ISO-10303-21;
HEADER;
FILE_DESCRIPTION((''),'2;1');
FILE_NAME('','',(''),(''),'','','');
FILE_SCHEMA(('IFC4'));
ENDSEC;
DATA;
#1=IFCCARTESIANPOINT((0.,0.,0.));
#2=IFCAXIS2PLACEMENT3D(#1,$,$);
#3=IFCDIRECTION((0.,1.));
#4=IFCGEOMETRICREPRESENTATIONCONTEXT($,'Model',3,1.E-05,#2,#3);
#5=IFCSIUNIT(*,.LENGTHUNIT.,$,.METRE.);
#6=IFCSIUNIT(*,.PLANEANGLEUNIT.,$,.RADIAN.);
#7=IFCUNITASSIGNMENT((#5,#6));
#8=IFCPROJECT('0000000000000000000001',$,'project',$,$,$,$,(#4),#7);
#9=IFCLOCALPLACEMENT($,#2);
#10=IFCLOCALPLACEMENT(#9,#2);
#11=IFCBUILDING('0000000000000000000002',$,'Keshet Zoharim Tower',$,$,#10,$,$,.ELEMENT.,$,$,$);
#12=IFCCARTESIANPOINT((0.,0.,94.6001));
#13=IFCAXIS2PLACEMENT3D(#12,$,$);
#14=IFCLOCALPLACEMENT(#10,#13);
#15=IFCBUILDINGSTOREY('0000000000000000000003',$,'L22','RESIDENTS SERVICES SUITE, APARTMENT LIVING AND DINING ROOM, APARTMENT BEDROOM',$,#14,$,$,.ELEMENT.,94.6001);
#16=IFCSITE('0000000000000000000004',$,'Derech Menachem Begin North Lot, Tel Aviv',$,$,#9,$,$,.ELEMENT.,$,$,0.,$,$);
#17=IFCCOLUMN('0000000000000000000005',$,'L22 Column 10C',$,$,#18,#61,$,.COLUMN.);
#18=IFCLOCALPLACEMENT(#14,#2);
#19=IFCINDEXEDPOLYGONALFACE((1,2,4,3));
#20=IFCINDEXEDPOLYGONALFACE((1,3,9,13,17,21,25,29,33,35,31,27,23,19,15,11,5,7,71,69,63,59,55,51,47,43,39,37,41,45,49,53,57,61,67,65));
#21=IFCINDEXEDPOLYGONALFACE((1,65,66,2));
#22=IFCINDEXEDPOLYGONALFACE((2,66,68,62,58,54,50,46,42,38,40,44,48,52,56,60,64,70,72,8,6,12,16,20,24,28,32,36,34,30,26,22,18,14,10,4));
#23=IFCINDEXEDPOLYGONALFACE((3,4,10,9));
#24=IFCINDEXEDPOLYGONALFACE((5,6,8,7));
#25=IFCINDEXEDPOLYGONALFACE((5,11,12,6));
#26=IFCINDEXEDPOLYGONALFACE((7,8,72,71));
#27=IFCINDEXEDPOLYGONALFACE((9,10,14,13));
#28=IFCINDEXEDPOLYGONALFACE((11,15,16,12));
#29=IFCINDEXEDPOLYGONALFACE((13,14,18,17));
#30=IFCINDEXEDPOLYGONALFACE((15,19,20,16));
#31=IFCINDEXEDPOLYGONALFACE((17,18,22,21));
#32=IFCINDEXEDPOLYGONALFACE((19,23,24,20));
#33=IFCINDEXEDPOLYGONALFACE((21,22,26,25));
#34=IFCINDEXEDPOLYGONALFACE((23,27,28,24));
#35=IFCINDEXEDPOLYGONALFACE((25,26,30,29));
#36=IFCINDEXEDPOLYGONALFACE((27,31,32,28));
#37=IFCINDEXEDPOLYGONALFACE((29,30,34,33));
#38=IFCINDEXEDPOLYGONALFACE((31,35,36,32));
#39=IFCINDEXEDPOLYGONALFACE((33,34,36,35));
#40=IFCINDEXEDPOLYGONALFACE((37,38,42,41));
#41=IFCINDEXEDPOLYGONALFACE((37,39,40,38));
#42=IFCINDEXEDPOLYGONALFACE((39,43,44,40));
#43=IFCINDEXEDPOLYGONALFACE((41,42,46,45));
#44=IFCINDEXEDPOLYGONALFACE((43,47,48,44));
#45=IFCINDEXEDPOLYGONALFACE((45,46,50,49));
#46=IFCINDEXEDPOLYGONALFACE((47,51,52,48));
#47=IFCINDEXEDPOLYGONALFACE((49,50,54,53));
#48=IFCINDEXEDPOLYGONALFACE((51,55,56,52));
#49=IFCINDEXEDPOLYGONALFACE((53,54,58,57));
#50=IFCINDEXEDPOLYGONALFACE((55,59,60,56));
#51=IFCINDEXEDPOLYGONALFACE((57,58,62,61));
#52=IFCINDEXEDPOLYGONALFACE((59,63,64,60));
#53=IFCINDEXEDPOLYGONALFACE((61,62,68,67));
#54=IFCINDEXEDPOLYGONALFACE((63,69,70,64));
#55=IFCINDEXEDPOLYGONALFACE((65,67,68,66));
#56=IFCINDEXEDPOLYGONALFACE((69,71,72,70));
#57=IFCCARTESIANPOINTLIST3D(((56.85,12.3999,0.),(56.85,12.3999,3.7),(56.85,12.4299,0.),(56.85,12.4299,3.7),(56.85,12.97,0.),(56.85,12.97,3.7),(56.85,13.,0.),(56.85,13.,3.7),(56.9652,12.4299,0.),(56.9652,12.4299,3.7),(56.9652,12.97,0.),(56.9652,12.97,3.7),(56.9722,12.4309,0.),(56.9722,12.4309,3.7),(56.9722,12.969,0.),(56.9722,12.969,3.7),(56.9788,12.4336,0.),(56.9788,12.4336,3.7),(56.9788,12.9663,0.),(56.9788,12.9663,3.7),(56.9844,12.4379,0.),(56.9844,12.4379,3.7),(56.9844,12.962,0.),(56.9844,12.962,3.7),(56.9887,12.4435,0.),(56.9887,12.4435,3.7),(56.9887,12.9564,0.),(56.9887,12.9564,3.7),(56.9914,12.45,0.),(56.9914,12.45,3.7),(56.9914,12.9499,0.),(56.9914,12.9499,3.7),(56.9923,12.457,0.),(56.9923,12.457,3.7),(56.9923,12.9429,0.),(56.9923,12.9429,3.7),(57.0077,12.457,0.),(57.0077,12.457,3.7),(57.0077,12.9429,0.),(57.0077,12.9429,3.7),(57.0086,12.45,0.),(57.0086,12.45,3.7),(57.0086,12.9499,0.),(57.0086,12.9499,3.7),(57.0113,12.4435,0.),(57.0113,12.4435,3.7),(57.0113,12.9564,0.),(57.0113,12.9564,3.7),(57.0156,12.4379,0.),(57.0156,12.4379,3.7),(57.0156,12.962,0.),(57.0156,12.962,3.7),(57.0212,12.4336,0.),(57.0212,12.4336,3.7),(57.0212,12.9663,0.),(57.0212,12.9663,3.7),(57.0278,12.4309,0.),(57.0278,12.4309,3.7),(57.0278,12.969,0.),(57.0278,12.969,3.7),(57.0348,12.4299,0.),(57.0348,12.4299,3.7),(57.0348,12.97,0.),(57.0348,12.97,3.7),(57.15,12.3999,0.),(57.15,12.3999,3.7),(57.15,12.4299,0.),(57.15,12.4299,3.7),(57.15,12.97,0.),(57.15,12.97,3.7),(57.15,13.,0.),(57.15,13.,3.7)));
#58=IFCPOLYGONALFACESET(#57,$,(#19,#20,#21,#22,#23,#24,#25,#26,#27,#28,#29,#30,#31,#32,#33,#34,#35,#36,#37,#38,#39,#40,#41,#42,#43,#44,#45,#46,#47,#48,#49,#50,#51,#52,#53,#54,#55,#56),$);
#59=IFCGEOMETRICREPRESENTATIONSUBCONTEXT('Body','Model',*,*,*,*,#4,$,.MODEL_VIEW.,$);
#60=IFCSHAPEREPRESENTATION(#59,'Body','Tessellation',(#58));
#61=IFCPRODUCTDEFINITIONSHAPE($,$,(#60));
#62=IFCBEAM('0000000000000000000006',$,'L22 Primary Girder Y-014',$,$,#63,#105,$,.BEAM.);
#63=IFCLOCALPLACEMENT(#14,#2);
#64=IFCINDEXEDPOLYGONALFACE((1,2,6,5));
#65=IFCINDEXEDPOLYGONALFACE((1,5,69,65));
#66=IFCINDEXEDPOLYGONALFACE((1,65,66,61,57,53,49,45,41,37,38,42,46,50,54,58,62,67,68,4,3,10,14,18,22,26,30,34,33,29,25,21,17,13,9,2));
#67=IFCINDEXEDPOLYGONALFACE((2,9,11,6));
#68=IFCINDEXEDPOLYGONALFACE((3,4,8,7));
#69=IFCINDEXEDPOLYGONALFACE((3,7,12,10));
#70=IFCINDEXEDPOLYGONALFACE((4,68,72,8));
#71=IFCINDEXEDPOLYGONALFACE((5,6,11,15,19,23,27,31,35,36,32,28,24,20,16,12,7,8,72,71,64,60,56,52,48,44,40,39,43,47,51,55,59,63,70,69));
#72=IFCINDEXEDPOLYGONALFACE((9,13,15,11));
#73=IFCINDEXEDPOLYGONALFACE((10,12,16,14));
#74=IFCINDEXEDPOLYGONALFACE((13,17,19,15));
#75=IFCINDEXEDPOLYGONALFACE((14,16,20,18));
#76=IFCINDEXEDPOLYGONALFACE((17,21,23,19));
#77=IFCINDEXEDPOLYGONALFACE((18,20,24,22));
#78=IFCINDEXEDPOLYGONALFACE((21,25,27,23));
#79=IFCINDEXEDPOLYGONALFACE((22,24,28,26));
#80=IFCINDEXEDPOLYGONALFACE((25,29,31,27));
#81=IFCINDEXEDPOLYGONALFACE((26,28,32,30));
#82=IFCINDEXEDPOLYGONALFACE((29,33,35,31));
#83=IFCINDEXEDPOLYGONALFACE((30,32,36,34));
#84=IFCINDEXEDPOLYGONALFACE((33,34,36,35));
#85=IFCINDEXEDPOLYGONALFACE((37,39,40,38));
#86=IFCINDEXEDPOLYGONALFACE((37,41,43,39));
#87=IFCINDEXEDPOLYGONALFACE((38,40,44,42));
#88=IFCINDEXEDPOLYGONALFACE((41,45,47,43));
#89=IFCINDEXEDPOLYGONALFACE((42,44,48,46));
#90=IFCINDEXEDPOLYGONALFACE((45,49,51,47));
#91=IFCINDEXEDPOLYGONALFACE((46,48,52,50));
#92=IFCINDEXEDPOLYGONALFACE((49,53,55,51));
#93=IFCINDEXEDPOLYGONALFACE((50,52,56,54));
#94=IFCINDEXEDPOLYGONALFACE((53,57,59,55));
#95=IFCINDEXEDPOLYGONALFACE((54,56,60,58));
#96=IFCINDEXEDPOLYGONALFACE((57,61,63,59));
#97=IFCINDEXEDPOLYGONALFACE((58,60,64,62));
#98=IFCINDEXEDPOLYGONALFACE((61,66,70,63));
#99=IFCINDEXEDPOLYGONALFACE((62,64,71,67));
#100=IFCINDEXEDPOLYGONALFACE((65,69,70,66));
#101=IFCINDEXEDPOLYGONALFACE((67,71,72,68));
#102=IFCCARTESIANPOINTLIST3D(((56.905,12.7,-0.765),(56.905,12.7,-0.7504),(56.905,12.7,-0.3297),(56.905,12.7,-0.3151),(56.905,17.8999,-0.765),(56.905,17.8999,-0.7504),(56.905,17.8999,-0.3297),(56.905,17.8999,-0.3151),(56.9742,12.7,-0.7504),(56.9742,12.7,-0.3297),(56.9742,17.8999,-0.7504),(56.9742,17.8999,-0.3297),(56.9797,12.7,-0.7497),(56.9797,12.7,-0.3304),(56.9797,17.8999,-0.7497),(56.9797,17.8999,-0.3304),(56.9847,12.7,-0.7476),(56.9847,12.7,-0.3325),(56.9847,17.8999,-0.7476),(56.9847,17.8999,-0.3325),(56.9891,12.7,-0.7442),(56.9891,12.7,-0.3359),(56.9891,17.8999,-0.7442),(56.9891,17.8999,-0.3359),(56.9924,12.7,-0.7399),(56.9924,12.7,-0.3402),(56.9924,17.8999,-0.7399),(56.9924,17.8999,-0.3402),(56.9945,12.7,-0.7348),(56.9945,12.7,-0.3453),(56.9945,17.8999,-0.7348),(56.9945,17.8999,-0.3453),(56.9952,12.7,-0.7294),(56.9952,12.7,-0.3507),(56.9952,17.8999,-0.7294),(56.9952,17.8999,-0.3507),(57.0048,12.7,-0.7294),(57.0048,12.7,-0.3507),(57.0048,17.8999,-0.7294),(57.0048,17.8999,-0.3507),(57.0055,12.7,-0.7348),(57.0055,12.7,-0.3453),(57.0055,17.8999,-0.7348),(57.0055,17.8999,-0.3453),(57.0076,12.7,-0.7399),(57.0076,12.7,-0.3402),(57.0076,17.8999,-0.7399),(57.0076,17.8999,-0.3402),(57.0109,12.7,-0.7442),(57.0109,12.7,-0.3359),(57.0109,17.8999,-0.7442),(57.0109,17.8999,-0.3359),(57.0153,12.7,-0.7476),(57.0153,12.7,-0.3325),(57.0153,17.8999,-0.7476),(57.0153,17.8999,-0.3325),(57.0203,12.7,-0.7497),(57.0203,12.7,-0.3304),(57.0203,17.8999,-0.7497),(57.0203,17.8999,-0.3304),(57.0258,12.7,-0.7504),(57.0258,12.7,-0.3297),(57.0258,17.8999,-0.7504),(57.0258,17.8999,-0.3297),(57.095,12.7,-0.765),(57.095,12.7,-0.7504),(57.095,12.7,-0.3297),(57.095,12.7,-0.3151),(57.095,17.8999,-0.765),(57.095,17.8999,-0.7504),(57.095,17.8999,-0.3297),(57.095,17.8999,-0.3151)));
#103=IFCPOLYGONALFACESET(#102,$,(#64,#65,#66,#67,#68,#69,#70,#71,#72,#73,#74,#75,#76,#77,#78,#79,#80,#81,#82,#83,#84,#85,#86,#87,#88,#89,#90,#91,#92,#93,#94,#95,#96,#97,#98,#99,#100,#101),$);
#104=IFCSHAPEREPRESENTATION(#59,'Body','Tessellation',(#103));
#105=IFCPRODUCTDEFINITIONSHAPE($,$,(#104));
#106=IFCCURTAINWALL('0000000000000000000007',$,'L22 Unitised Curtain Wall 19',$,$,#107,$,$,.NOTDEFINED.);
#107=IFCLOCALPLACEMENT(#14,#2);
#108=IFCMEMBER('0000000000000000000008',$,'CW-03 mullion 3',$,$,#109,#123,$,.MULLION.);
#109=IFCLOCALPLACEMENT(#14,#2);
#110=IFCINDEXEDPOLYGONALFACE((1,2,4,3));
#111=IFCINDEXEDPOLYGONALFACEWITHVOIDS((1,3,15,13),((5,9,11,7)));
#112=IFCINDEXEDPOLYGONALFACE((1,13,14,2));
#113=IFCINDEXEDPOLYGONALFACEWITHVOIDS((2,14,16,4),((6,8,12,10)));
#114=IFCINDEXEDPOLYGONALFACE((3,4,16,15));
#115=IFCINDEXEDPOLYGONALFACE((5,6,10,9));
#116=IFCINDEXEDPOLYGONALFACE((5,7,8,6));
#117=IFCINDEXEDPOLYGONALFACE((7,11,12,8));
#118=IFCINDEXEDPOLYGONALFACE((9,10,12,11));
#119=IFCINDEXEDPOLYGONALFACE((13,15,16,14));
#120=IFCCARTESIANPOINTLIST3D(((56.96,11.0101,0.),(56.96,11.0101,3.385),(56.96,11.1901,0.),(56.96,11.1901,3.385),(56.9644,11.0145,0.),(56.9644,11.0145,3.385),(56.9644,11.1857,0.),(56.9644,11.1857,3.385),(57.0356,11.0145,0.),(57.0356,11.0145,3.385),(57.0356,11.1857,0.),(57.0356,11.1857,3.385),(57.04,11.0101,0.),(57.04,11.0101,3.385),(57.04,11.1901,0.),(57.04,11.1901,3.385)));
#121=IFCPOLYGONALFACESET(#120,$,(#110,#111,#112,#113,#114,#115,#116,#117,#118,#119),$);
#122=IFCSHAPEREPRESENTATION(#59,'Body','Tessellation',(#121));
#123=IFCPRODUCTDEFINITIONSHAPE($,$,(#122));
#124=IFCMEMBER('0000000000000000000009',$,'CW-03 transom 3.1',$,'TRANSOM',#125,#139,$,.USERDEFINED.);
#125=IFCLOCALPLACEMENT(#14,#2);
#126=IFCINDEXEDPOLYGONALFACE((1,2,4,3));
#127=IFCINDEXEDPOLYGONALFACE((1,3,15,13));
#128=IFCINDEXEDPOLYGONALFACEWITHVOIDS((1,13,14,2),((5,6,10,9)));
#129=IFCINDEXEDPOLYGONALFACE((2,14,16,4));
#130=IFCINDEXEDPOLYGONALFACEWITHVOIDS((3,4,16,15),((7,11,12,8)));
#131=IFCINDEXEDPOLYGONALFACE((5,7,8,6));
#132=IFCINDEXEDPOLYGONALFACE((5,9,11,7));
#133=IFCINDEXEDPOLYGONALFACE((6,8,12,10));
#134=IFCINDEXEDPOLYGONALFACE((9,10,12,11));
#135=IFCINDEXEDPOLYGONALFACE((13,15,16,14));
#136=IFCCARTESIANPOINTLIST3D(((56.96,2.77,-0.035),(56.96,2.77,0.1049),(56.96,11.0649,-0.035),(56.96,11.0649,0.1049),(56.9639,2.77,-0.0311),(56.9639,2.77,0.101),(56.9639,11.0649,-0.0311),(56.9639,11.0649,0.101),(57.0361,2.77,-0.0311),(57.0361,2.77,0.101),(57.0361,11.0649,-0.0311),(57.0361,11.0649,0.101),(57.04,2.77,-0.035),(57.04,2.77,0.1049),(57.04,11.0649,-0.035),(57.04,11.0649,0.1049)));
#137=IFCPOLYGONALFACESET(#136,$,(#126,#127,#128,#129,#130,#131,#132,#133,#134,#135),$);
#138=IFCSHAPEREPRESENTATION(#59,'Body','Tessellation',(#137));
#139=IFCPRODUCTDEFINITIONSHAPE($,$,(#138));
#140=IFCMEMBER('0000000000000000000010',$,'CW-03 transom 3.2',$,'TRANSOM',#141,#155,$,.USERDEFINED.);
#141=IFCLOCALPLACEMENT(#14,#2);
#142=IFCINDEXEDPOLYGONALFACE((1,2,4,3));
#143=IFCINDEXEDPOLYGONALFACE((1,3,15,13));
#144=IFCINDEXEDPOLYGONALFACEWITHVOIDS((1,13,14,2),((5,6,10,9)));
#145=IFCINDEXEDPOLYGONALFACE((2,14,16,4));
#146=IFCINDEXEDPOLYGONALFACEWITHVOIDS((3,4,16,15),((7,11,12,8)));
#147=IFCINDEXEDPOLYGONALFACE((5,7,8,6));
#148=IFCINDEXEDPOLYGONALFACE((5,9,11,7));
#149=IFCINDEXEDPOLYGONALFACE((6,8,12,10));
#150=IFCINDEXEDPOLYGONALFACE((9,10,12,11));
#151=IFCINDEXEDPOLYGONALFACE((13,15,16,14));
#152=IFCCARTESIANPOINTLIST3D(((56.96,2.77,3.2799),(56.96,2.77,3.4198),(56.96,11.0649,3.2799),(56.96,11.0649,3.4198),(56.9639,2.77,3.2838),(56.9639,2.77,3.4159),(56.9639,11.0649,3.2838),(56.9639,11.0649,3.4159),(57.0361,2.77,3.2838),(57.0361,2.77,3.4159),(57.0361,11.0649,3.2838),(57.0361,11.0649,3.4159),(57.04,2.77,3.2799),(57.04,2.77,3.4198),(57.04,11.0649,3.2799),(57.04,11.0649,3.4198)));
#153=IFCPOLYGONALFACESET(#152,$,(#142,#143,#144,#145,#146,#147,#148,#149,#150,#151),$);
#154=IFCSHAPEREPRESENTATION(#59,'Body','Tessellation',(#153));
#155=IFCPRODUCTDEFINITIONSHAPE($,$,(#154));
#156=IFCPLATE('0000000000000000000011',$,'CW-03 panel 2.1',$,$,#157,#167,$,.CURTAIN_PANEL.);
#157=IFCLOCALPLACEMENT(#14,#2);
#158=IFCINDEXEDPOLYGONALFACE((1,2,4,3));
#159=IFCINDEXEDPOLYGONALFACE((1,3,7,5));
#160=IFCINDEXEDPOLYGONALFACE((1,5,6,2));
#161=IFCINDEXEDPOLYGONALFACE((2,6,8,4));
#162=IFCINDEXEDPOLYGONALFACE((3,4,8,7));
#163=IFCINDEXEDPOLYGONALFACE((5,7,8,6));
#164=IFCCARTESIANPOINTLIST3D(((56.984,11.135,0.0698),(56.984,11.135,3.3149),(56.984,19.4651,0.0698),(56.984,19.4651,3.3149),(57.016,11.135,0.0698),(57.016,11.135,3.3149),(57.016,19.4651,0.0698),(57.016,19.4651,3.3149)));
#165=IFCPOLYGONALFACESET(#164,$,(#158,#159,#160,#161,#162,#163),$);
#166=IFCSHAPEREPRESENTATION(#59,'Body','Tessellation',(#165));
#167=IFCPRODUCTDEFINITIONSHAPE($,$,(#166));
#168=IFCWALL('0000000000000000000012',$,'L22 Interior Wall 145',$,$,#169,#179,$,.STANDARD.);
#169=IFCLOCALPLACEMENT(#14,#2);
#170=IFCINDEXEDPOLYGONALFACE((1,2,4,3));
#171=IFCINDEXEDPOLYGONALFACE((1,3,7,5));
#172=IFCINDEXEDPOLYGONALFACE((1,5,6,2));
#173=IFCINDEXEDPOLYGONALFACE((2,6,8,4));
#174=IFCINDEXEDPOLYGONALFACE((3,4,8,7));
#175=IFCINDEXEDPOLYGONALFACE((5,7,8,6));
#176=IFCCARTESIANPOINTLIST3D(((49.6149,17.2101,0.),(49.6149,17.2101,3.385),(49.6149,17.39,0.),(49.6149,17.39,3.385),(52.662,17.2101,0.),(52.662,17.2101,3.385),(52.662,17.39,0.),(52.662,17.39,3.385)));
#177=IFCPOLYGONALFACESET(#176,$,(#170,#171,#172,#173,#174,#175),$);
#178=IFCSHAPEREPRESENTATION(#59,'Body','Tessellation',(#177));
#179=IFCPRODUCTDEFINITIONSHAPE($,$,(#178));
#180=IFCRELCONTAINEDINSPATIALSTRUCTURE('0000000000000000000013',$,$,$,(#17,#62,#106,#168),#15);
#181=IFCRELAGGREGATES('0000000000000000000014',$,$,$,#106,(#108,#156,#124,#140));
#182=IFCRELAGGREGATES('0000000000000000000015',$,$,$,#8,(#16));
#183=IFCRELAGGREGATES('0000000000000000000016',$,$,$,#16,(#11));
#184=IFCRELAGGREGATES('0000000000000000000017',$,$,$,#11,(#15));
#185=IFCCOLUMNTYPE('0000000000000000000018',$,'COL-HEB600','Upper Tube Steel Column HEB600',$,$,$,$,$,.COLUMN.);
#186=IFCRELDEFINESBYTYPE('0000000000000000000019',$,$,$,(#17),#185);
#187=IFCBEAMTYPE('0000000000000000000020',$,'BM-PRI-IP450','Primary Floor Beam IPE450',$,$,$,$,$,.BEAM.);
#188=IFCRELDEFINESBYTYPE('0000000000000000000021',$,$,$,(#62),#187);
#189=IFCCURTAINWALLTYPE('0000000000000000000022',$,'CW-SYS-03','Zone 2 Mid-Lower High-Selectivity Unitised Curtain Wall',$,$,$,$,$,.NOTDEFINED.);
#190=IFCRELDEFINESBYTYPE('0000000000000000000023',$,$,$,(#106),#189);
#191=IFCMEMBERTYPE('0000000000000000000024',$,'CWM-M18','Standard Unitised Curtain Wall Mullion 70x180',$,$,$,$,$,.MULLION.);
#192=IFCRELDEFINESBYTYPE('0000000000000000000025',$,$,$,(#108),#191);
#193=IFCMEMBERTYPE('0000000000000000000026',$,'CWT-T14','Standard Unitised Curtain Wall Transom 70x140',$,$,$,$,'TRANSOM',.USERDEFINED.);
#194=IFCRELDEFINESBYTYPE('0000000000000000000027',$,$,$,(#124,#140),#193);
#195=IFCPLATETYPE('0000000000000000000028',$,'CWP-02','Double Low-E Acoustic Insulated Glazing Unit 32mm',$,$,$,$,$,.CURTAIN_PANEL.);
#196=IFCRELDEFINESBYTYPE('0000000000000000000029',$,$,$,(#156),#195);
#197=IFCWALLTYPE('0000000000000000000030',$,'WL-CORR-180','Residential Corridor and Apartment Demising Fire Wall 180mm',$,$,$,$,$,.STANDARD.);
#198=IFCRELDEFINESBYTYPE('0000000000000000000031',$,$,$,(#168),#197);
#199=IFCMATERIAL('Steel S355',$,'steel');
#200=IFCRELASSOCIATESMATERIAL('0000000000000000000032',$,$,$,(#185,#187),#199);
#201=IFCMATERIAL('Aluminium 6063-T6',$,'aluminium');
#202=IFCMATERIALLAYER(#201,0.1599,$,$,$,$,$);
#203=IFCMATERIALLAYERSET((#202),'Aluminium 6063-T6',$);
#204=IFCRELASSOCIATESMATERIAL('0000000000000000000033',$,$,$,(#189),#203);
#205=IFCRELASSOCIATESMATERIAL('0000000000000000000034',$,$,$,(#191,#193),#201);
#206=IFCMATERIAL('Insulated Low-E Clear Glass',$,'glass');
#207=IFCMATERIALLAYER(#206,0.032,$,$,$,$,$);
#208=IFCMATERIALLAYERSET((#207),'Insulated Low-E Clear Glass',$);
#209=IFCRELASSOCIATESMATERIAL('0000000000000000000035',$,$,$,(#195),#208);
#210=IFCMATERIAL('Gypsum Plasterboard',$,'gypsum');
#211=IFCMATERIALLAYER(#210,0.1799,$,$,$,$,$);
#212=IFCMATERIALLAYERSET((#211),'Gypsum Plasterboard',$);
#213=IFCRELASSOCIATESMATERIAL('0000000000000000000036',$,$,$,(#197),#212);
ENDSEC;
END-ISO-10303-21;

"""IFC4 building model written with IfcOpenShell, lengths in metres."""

from ifc_helpers import new_model, si_unit, direction, frame, frame_2d, origin, origin_2d, place, context, subcontext, project, spatial, rectangle, hollow_rectangle, i_section, extrude, material, layer, layer_set, material_profile, profile_set, type_object, element, aggregate, save


model = new_model("IFC4")

# Units and contexts
model_context = context("Model", 3, precision=1e-05, world=origin(), true_north=direction((0.0, 1.0)))
body_context = subcontext(model_context, "Body", "Model", "MODEL_VIEW")
ifc_project = project(units=[si_unit("LENGTHUNIT", "METRE"), si_unit("PLANEANGLEUNIT", "RADIAN")], contexts=[model_context])

# Site, building, storey
site_placement = place(None, origin())
site = spatial("IfcSite", under=ifc_project, at=site_placement, Name="Derech Menachem Begin North Lot, Tel Aviv", CompositionType="ELEMENT", RefElevation=0.0)
building_placement = place(site_placement, origin())
building = spatial("IfcBuilding", under=site, at=building_placement, Name="Keshet Zoharim Tower", CompositionType="ELEMENT")
storey_placement = place(building_placement, frame((0.0, 0.0, 94.6001)))
storey = spatial("IfcBuildingStorey", under=building, at=storey_placement, Name="L22", Description="RESIDENTS SERVICES SUITE, APARTMENT LIVING AND DINING ROOM, APARTMENT BEDROOM", CompositionType="ELEMENT", Elevation=94.6001)

# Column
ifc_material_1 = material(Name="Steel S355", Category="steel")
ifc_material_profile_1 = material_profile(ifc_material_1, i_section(OverallWidth=0.3, OverallDepth=0.6001, WebThickness=0.0154, FlangeThickness=0.03, FilletRadius=0.0271, at=origin_2d()), Name="HEB600")
ifc_profile_set_1 = profile_set([ifc_material_profile_1], Name="Steel S355")
column_type = type_object("IfcColumnType", Name="COL-HEB600", Description="Upper Tube Steel Column HEB600", PredefinedType="COLUMN", material=ifc_profile_set_1)
column_placement = place(storey_placement, frame((57.0, 12.7, 0.0), z_axis=(0.0, 0.0, 1.0), x_axis=(1.0, 0.0, 0.0)))
element("IfcColumn", 1, at=column_placement, inside=storey, type_object=column_type, Name="L22 Column 10C", PredefinedType="COLUMN", context=body_context, shape_type="SweptSolid", body=[
    extrude(i_section(OverallWidth=0.3, OverallDepth=0.6001, WebThickness=0.0154, FlangeThickness=0.03, FilletRadius=0.0271, at=origin_2d()), origin(), (0.0, 0.0, 1.0), 3.7),
])

# Beam
ifc_material_profile_2 = material_profile(ifc_material_1, i_section(OverallWidth=0.1899, OverallDepth=0.45, WebThickness=0.0095, FlangeThickness=0.0146, FilletRadius=0.021, at=origin_2d()), Name="IPE450")
ifc_profile_set_2 = profile_set([ifc_material_profile_2], Name="Steel S355")
beam_type = type_object("IfcBeamType", Name="BM-PRI-IP450", Description="Primary Floor Beam IPE450", PredefinedType="BEAM", material=ifc_profile_set_2)
beam_placement = place(storey_placement, frame((57.0, 12.7, -0.54), z_axis=(0.0, 1.0, 0.0), x_axis=(-1.0, 0.0, 0.0)))
element("IfcBeam", 2, at=beam_placement, inside=storey, type_object=beam_type, Name="L22 Primary Girder Y-014", PredefinedType="BEAM", context=body_context, shape_type="SweptSolid", body=[
    extrude(i_section(OverallWidth=0.1899, OverallDepth=0.45, WebThickness=0.0095, FlangeThickness=0.0146, FilletRadius=0.021, at=origin_2d()), origin(), (0.0, 0.0, 1.0), 5.2),
])

# Curtain wall, members, plate
ifc_material_2 = material(Name="Aluminium 6063-T6", Category="aluminium")
ifc_layer_1 = layer(ifc_material_2, 0.1599)
ifc_layer_set_1 = layer_set([ifc_layer_1], Name="Aluminium 6063-T6")
curtain_wall_type = type_object("IfcCurtainWallType", Name="CW-SYS-03", Description="Zone 2 Mid-Lower High-Selectivity Unitised Curtain Wall", PredefinedType="NOTDEFINED", material=ifc_layer_set_1)
curtain_wall_placement = place(storey_placement, origin())
curtain_wall = element("IfcCurtainWall", 3, at=curtain_wall_placement, inside=storey, type_object=curtain_wall_type, Name="L22 Unitised Curtain Wall 19", PredefinedType="NOTDEFINED")
ifc_material_profile_3 = material_profile(ifc_material_2, hollow_rectangle(XDim=0.0801, YDim=0.1799, WallThickness=0.0044, at=origin_2d()), Name="MUL-80x180")
ifc_profile_set_3 = profile_set([ifc_material_profile_3], Name="Aluminium 6063-T6")
member_type_1 = type_object("IfcMemberType", Name="CWM-M18", Description="Standard Unitised Curtain Wall Mullion 70x180", PredefinedType="MULLION", material=ifc_profile_set_3)
member_1_placement = place(storey_placement, frame((57.0, 11.1001, 0.0), z_axis=(0.0, 0.0, 1.0), x_axis=(1.0, 0.0, 0.0)))
member_1 = element("IfcMember", 4, at=member_1_placement, type_object=member_type_1, Name="CW-03 mullion 3", PredefinedType="MULLION", context=body_context, shape_type="SweptSolid", body=[
    extrude(hollow_rectangle(XDim=0.0801, YDim=0.1799, WallThickness=0.0044, at=origin_2d()), origin(), (0.0, 0.0, 1.0), 3.385),
])
ifc_material_profile_4 = material_profile(ifc_material_2, hollow_rectangle(XDim=0.0801, YDim=0.1399, WallThickness=0.0039, at=origin_2d()), Name="TRN-80x140")
ifc_profile_set_4 = profile_set([ifc_material_profile_4], Name="Aluminium 6063-T6")
member_type_2 = type_object("IfcMemberType", Name="CWT-T14", Description="Standard Unitised Curtain Wall Transom 70x140", ElementType="TRANSOM", PredefinedType="USERDEFINED", material=ifc_profile_set_4)
member_2_placement = place(storey_placement, frame((57.0, 11.0649, 0.0349), z_axis=(0.0, -1.0, 0.0), x_axis=(1.0, 0.0, 0.0)))
member_2 = element("IfcMember", 5, at=member_2_placement, type_object=member_type_2, Name="CW-03 transom 3.1", ObjectType="TRANSOM", PredefinedType="USERDEFINED", context=body_context, shape_type="SweptSolid", body=[
    extrude(hollow_rectangle(XDim=0.0801, YDim=0.1399, WallThickness=0.0039, at=origin_2d()), origin(), (0.0, 0.0, 1.0), 8.2949),
])
member_3_placement = place(storey_placement, frame((57.0, 11.0649, 3.3499), z_axis=(0.0, -1.0, 0.0), x_axis=(1.0, 0.0, 0.0)))
member_3 = element("IfcMember", 6, at=member_3_placement, type_object=member_type_2, Name="CW-03 transom 3.2", ObjectType="TRANSOM", PredefinedType="USERDEFINED", context=body_context, shape_type="SweptSolid", body=[
    extrude(hollow_rectangle(XDim=0.0801, YDim=0.1399, WallThickness=0.0039, at=origin_2d()), origin(), (0.0, 0.0, 1.0), 8.2949),
])
ifc_material_3 = material(Name="Insulated Low-E Clear Glass", Category="glass")
ifc_layer_2 = layer(ifc_material_3, 0.032)
ifc_layer_set_2 = layer_set([ifc_layer_2], Name="Insulated Low-E Clear Glass")
plate_type = type_object("IfcPlateType", Name="CWP-02", Description="Double Low-E Acoustic Insulated Glazing Unit 32mm", PredefinedType="CURTAIN_PANEL", material=ifc_layer_set_2)
plate_placement = place(storey_placement, frame((57.0, 15.3, 0.0698), z_axis=(0.0, 0.0, 1.0), x_axis=(0.0, -1.0, 0.0)))
plate = element("IfcPlate", 7, at=plate_placement, type_object=plate_type, Name="CW-03 panel 2.1", PredefinedType="CURTAIN_PANEL", context=body_context, shape_type="SweptSolid", body=[
    extrude(rectangle(XDim=8.3301, YDim=0.032, at=origin_2d()), origin(), (0.0, 0.0, 1.0), 3.2451),
])
aggregate(curtain_wall, [member_1, plate, member_2, member_3])

# Shared definitions
ifc_material_4 = material(Name="Gypsum Plasterboard", Category="gypsum")
ifc_layer_3 = layer(ifc_material_4, 0.1799)
ifc_layer_set_3 = layer_set([ifc_layer_3], Name="Gypsum Plasterboard")
wall_type_1 = type_object("IfcWallType", Name="WL-CORR-180", Description="Residential Corridor and Apartment Demising Fire Wall 180mm", PredefinedType="STANDARD", material=ifc_layer_set_3)

# Wall
wall_1_placement = place(storey_placement, frame((49.615, 17.3, 0.0), z_axis=(0.0, 0.0, 1.0), x_axis=(1.0, 0.0, 0.0)))
element("IfcWall", 8, at=wall_1_placement, inside=storey, type_object=wall_type_1, Name="L22 Interior Wall 145", PredefinedType="STANDARD", context=body_context, shape_type="SweptSolid", body=[
    extrude(rectangle(XDim=3.0471, YDim=0.1799, at=frame_2d((1.5234, 0.0))), origin(), (0.0, 0.0, 1.0), 3.385),
])

save(model, "model.ifc")
